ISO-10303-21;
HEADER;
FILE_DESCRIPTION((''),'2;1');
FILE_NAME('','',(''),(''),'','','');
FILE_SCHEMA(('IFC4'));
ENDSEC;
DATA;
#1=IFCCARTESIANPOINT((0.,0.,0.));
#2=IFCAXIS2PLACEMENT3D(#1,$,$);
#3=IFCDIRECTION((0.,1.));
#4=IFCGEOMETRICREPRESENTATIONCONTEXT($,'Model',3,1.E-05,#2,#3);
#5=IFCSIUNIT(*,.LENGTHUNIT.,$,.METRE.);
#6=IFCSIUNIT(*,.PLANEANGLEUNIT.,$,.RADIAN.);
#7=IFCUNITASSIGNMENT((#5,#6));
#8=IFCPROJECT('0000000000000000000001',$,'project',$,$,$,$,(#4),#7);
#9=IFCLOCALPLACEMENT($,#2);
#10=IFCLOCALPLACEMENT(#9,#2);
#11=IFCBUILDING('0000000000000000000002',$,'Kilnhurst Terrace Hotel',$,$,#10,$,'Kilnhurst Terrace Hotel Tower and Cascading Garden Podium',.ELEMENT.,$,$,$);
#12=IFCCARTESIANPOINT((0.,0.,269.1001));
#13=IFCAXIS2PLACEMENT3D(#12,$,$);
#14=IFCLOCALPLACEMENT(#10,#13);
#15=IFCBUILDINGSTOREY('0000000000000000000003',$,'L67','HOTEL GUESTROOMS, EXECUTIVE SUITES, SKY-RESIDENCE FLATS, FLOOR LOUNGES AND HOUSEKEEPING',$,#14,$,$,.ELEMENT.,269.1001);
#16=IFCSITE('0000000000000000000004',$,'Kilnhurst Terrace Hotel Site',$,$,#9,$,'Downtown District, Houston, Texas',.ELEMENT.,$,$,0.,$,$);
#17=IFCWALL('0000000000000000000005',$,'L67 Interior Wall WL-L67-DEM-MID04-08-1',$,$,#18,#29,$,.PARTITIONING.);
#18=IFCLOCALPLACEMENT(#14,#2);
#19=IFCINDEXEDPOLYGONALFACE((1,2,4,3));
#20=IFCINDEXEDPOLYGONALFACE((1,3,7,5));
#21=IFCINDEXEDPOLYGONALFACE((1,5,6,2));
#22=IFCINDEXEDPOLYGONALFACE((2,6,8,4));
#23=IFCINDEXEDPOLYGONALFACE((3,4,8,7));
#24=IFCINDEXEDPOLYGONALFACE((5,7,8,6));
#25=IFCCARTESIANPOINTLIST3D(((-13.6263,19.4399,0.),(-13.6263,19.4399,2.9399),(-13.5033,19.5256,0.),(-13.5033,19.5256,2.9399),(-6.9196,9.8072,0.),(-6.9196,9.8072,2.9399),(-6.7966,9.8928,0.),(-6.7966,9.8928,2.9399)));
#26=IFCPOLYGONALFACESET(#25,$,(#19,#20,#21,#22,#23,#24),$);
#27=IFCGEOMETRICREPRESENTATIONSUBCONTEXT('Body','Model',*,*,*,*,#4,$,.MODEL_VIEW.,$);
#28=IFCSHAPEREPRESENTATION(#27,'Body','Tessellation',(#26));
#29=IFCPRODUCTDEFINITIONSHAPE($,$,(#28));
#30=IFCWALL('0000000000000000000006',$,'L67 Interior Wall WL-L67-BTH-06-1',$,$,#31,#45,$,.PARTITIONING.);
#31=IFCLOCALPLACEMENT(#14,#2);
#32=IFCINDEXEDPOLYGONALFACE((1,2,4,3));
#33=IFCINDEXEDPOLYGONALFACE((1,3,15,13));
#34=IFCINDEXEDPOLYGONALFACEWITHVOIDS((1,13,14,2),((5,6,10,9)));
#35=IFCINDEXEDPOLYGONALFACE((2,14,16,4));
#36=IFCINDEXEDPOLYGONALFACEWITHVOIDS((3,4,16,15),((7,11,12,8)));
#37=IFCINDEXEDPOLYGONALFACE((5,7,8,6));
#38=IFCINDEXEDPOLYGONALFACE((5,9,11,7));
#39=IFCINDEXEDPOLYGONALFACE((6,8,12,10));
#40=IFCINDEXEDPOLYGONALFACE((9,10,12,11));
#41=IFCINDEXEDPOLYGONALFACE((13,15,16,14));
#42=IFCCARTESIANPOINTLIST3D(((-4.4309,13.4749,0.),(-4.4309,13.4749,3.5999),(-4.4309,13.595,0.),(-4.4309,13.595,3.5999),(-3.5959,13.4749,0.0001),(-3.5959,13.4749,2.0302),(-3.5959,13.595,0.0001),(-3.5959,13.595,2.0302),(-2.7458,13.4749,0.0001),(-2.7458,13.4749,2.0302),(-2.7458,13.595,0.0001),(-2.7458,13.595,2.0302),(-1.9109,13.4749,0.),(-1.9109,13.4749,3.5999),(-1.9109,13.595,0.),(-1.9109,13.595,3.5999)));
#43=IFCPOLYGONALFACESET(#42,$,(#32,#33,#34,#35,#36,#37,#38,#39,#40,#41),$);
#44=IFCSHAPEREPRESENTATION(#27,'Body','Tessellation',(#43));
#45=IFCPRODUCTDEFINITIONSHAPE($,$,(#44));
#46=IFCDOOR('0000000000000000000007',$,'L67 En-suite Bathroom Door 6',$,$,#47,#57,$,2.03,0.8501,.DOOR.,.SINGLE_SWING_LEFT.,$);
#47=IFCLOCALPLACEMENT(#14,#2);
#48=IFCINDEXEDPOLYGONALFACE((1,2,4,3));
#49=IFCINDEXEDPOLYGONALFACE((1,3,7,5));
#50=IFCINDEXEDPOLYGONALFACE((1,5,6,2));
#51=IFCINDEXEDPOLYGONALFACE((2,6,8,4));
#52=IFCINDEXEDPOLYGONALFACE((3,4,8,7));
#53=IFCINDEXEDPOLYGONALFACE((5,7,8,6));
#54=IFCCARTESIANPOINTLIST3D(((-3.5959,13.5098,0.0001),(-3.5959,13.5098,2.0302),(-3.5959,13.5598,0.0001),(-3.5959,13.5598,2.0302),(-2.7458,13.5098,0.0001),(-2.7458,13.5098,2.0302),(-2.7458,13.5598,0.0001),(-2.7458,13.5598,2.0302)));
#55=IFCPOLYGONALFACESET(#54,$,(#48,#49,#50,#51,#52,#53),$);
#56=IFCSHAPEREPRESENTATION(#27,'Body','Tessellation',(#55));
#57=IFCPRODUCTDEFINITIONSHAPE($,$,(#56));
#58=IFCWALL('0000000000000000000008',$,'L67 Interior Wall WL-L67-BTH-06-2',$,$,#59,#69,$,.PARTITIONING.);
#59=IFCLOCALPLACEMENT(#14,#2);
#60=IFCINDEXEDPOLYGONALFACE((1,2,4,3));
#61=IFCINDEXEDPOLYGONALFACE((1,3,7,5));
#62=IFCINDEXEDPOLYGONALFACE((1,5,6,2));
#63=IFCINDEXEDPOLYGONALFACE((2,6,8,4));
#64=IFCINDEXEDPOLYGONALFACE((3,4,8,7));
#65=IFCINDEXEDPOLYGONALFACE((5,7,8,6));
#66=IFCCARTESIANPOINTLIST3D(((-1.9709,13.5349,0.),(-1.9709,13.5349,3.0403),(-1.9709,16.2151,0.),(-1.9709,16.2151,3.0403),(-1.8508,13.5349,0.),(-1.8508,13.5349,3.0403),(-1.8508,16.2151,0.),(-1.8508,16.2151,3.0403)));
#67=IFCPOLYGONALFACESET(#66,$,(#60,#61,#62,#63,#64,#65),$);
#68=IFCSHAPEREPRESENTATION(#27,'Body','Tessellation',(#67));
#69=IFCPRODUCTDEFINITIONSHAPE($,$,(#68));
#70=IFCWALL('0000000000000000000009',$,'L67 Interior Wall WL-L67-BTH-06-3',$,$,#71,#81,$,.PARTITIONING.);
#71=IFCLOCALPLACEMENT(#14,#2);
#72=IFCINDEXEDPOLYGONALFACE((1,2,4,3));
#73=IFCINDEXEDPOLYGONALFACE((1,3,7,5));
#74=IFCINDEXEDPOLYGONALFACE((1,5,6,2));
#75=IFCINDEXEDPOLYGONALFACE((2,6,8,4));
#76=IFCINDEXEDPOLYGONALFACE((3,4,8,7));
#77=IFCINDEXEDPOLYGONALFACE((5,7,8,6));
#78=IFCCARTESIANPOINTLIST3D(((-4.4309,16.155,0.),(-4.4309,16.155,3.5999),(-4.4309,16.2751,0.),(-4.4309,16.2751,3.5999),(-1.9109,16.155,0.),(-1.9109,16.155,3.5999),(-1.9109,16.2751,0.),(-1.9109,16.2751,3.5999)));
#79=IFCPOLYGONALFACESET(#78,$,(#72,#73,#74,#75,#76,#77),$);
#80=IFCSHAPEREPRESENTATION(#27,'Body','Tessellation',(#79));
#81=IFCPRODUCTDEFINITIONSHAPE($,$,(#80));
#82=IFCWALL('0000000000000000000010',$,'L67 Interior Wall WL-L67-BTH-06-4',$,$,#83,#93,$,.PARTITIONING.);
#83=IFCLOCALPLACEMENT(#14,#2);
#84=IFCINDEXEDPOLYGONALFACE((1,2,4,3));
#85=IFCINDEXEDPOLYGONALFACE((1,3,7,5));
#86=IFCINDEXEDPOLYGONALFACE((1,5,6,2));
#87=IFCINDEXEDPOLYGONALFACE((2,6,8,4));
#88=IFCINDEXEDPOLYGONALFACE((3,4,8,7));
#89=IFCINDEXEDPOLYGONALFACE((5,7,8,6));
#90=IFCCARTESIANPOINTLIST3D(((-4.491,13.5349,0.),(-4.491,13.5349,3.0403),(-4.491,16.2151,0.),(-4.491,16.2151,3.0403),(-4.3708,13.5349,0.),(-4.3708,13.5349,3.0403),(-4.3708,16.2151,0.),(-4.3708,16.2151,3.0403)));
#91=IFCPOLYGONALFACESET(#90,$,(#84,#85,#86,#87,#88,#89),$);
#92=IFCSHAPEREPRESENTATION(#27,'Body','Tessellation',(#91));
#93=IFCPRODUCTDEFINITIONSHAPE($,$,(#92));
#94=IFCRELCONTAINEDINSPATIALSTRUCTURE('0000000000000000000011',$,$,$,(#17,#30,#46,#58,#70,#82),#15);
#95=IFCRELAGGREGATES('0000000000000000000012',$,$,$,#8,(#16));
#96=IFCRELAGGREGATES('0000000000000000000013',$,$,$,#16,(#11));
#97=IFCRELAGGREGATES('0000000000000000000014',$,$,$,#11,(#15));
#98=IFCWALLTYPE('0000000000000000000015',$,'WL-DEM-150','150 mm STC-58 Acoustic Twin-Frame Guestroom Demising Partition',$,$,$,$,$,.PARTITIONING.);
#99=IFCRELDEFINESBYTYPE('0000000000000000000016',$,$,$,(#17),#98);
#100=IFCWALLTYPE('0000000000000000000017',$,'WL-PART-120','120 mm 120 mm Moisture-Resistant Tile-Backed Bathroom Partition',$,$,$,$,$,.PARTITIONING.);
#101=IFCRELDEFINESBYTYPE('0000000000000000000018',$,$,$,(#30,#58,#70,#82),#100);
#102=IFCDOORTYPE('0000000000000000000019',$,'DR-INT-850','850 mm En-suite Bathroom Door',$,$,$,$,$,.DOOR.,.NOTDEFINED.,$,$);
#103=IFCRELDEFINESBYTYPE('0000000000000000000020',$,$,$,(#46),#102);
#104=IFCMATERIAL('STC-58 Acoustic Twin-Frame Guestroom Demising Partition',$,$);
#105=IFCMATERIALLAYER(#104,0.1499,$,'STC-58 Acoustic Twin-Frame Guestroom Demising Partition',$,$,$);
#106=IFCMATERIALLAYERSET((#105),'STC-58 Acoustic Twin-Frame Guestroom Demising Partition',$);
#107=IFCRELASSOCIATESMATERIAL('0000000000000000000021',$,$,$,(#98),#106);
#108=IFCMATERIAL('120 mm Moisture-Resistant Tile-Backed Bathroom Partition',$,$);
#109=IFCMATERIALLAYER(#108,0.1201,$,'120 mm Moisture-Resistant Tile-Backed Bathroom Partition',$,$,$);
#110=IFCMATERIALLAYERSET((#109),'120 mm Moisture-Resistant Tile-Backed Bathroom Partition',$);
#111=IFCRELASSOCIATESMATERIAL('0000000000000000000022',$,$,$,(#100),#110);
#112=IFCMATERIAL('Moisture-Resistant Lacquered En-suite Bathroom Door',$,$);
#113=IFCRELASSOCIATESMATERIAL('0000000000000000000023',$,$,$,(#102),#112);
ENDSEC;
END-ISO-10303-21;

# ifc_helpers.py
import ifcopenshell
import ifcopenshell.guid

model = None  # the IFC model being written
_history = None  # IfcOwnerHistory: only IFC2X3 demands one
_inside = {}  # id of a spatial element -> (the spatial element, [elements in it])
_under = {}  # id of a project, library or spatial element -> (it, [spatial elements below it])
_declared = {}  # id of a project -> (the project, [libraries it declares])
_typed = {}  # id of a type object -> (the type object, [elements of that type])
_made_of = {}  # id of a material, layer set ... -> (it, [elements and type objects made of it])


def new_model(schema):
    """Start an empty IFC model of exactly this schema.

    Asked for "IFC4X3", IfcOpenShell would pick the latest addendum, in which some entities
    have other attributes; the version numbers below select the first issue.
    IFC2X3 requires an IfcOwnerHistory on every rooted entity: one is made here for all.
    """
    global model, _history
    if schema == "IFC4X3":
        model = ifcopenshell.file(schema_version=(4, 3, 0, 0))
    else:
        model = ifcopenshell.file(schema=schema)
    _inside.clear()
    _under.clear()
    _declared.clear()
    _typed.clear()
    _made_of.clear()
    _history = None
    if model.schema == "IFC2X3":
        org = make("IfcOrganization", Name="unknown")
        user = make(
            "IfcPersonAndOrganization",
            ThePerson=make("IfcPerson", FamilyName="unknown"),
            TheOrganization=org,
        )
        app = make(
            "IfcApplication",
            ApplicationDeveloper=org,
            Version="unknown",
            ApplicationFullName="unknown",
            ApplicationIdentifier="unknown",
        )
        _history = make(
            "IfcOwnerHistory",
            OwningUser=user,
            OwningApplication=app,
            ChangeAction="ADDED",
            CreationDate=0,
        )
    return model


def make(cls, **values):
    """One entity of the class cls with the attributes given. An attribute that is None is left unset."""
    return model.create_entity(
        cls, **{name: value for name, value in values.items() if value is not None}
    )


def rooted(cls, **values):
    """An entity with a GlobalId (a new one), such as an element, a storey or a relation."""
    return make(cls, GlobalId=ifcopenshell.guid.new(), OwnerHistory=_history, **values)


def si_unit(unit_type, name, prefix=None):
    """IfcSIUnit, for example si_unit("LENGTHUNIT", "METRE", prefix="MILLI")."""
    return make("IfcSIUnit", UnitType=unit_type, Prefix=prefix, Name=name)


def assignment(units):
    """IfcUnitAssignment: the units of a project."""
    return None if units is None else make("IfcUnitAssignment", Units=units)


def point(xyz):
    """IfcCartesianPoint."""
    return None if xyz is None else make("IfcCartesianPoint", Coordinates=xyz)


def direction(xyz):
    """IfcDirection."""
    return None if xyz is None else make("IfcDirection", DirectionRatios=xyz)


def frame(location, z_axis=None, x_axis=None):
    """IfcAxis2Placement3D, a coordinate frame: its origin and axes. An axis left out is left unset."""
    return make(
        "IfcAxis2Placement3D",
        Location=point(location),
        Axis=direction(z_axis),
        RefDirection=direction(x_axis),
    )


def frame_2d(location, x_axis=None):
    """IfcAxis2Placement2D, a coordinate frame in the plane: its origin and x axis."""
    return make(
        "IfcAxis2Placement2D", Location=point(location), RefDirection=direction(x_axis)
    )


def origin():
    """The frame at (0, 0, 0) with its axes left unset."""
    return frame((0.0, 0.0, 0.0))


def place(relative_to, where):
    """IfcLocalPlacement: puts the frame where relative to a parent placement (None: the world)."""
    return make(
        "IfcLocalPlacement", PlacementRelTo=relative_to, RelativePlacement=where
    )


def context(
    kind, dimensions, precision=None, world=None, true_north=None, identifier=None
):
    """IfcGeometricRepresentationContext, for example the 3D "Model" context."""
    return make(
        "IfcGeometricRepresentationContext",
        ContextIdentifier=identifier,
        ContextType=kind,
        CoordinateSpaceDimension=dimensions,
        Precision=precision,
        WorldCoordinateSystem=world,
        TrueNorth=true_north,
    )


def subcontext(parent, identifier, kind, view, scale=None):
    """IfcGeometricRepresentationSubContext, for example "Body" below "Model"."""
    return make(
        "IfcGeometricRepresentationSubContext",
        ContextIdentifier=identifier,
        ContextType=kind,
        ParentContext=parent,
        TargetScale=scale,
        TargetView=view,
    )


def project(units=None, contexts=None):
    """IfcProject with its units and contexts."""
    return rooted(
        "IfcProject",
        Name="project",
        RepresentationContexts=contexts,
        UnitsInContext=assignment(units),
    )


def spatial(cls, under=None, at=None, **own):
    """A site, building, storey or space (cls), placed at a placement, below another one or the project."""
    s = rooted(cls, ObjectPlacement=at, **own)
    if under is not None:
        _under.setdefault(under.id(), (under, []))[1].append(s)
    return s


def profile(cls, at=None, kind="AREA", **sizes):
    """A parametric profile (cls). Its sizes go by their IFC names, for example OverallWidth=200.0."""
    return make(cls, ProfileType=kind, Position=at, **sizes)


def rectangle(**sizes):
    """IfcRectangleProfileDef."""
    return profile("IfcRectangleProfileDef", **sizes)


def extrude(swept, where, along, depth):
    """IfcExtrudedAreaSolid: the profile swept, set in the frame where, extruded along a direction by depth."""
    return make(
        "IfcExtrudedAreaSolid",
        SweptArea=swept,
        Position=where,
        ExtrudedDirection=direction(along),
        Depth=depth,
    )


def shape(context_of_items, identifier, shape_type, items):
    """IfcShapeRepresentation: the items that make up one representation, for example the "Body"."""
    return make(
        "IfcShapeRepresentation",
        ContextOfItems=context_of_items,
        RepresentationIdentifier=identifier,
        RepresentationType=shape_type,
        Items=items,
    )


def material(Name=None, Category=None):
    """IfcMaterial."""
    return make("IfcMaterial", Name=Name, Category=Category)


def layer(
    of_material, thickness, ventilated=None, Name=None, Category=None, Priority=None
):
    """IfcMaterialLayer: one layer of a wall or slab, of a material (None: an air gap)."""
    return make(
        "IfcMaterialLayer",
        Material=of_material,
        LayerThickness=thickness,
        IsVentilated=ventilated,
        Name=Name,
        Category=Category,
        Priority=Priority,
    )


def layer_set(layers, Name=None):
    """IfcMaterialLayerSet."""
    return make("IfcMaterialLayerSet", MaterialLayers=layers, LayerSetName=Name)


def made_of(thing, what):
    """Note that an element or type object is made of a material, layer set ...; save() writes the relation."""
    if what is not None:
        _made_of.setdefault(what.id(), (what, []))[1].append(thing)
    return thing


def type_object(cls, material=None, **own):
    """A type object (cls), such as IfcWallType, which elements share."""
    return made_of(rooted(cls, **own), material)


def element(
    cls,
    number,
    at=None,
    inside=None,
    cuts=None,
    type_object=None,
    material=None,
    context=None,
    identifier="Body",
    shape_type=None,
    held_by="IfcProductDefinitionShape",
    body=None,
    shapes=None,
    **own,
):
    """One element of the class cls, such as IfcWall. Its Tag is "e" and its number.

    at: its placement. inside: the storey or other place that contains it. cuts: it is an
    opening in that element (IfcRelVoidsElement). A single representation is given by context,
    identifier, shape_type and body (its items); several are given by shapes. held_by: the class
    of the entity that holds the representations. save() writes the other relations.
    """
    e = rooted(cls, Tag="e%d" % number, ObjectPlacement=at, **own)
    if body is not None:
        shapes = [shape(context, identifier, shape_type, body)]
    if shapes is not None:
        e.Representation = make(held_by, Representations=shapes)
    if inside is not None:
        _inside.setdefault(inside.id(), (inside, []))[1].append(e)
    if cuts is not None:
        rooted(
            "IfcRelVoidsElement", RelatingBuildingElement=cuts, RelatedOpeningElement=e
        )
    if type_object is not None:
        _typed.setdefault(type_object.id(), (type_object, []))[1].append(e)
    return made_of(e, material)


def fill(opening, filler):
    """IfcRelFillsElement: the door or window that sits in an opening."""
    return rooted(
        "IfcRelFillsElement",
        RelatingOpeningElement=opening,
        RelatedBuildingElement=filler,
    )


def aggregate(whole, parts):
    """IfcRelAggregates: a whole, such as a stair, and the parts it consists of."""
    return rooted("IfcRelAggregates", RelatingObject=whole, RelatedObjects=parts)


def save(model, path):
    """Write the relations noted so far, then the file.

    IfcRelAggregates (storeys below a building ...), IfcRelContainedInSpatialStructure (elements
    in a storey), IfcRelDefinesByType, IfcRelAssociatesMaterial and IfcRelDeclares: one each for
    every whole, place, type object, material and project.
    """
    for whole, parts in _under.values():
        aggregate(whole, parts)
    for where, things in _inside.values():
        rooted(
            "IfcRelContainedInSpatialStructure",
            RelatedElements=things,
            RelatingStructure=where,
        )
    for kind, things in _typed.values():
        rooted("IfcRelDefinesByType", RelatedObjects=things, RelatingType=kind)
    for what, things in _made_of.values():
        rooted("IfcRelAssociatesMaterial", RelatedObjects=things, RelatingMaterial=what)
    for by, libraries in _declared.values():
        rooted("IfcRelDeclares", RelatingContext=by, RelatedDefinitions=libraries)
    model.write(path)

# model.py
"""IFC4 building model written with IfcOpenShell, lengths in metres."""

from ifc_helpers import new_model, si_unit, direction, frame, frame_2d, origin, place, context, subcontext, project, spatial, rectangle, extrude, material, layer, layer_set, type_object, element, fill, save


model = new_model("IFC4")

# Units and contexts
model_context = context("Model", 3, precision=1e-05, world=origin(), true_north=direction((0.0, 1.0)))
body_context = subcontext(model_context, "Body", "Model", "MODEL_VIEW")
ifc_project = project(units=[si_unit("LENGTHUNIT", "METRE"), si_unit("PLANEANGLEUNIT", "RADIAN")], contexts=[model_context])

# Site, building, storey
site_placement = place(None, origin())
site = spatial("IfcSite", under=ifc_project, at=site_placement, Name="Kilnhurst Terrace Hotel Site", LongName="Downtown District, Houston, Texas", CompositionType="ELEMENT", RefElevation=0.0)
building_placement = place(site_placement, origin())
building = spatial("IfcBuilding", under=site, at=building_placement, Name="Kilnhurst Terrace Hotel", LongName="Kilnhurst Terrace Hotel Tower and Cascading Garden Podium", CompositionType="ELEMENT")
storey_placement = place(building_placement, frame((0.0, 0.0, 269.1001)))
storey = spatial("IfcBuildingStorey", under=building, at=storey_placement, Name="L67", Description="HOTEL GUESTROOMS, EXECUTIVE SUITES, SKY-RESIDENCE FLATS, FLOOR LOUNGES AND HOUSEKEEPING", CompositionType="ELEMENT", Elevation=269.1001)

# Wall
ifc_material_1 = material(Name="STC-58 Acoustic Twin-Frame Guestroom Demising Partition")
ifc_layer_1 = layer(ifc_material_1, 0.1499, Name="STC-58 Acoustic Twin-Frame Guestroom Demising Partition")
ifc_layer_set_1 = layer_set([ifc_layer_1], Name="STC-58 Acoustic Twin-Frame Guestroom Demising Partition")
wall_type_1 = type_object("IfcWallType", Name="WL-DEM-150", Description="150 mm STC-58 Acoustic Twin-Frame Guestroom Demising Partition", PredefinedType="PARTITIONING", material=ifc_layer_set_1)
wall_1_placement = place(storey_placement, frame((-6.8582, 9.8501, 0.0), z_axis=(0.0, 0.0, 1.0), x_axis=(-0.571392, 0.820677, 0.0)))
element("IfcWall", 1, at=wall_1_placement, inside=storey, type_object=wall_type_1, Name="L67 Interior Wall WL-L67-DEM-MID04-08-1", PredefinedType="PARTITIONING", context=body_context, shape_type="SweptSolid", body=[
    extrude(rectangle(XDim=11.7375, YDim=0.1499, at=frame_2d((5.8687, 0.0))), origin(), (0.0, 0.0, 1.0), 2.9399),
])

# Wall, opening, door
ifc_material_2 = material(Name="120 mm Moisture-Resistant Tile-Backed Bathroom Partition")
ifc_layer_2 = layer(ifc_material_2, 0.1201, Name="120 mm Moisture-Resistant Tile-Backed Bathroom Partition")
ifc_layer_set_2 = layer_set([ifc_layer_2], Name="120 mm Moisture-Resistant Tile-Backed Bathroom Partition")
wall_type_2 = type_object("IfcWallType", Name="WL-PART-120", Description="120 mm 120 mm Moisture-Resistant Tile-Backed Bathroom Partition", PredefinedType="PARTITIONING", material=ifc_layer_set_2)
wall_2_placement = place(storey_placement, frame((-4.4309, 13.5349, 0.0), z_axis=(0.0, 0.0, 1.0), x_axis=(1.0, 0.0, 0.0)))
wall_2 = element("IfcWall", 2, at=wall_2_placement, inside=storey, type_object=wall_type_2, Name="L67 Interior Wall WL-L67-BTH-06-1", PredefinedType="PARTITIONING", context=body_context, shape_type="SweptSolid", body=[
    extrude(rectangle(XDim=2.52, YDim=0.1201, at=frame_2d((1.26, 0.0))), origin(), (0.0, 0.0, 1.0), 3.5999),
])
opening_placement = place(wall_2_placement, frame((0.835, 0.0, 0.0)))
opening = element("IfcOpeningElement", 3, at=opening_placement, cuts=wall_2, PredefinedType="OPENING", context=body_context, shape_type="SweptSolid", body=[
    extrude(rectangle(XDim=0.8501, YDim=2.03, at=frame_2d((0.425, 1.0151))), frame((0.0, 0.0701, 0.0), z_axis=(0.0, -1.0, 0.0), x_axis=(1.0, 0.0, 0.0)), (0.0, 0.0, 1.0), 0.1401),
])
ifc_material_3 = material(Name="Moisture-Resistant Lacquered En-suite Bathroom Door")
door_type = type_object("IfcDoorType", Name="DR-INT-850", Description="850 mm En-suite Bathroom Door", OperationType="NOTDEFINED", PredefinedType="DOOR", material=ifc_material_3)
door_placement = place(opening_placement, origin())
door = element("IfcDoor", 4, at=door_placement, inside=storey, type_object=door_type, Name="L67 En-suite Bathroom Door 6", OperationType="SINGLE_SWING_LEFT", OverallHeight=2.03, OverallWidth=0.8501, PredefinedType="DOOR", context=body_context, shape_type="SweptSolid", body=[
    extrude(rectangle(XDim=0.8501, YDim=2.03, at=frame_2d((0.425, 1.0151))), frame((0.0, 0.0249, 0.0), z_axis=(0.0, -1.0, 0.0), x_axis=(1.0, 0.0, 0.0)), (0.0, 0.0, 1.0), 0.05),
])
fill(opening, door)

# Walls
wall_3_placement = place(storey_placement, frame((-1.9109, 13.5349, 0.0), z_axis=(0.0, 0.0, 1.0), x_axis=(0.0, 1.0, 0.0)))
element("IfcWall", 5, at=wall_3_placement, inside=storey, type_object=wall_type_2, Name="L67 Interior Wall WL-L67-BTH-06-2", PredefinedType="PARTITIONING", context=body_context, shape_type="SweptSolid", body=[
    extrude(rectangle(XDim=2.6802, YDim=0.1201, at=frame_2d((1.3401, 0.0))), origin(), (0.0, 0.0, 1.0), 3.0403),
])
wall_4_placement = place(storey_placement, frame((-1.9109, 16.2151, 0.0), z_axis=(0.0, 0.0, 1.0), x_axis=(-1.0, 0.0, 0.0)))
element("IfcWall", 6, at=wall_4_placement, inside=storey, type_object=wall_type_2, Name="L67 Interior Wall WL-L67-BTH-06-3", PredefinedType="PARTITIONING", context=body_context, shape_type="SweptSolid", body=[
    extrude(rectangle(XDim=2.52, YDim=0.1201, at=frame_2d((1.26, 0.0))), origin(), (0.0, 0.0, 1.0), 3.5999),
])
wall_5_placement = place(storey_placement, frame((-4.4309, 16.2151, 0.0), z_axis=(0.0, 0.0, 1.0), x_axis=(0.0, -1.0, 0.0)))
element("IfcWall", 7, at=wall_5_placement, inside=storey, type_object=wall_type_2, Name="L67 Interior Wall WL-L67-BTH-06-4", PredefinedType="PARTITIONING", context=body_context, shape_type="SweptSolid", body=[
    extrude(rectangle(XDim=2.6802, YDim=0.1201, at=frame_2d((1.3401, 0.0))), origin(), (0.0, 0.0, 1.0), 3.0403),
])

save(model, "model.ifc")
